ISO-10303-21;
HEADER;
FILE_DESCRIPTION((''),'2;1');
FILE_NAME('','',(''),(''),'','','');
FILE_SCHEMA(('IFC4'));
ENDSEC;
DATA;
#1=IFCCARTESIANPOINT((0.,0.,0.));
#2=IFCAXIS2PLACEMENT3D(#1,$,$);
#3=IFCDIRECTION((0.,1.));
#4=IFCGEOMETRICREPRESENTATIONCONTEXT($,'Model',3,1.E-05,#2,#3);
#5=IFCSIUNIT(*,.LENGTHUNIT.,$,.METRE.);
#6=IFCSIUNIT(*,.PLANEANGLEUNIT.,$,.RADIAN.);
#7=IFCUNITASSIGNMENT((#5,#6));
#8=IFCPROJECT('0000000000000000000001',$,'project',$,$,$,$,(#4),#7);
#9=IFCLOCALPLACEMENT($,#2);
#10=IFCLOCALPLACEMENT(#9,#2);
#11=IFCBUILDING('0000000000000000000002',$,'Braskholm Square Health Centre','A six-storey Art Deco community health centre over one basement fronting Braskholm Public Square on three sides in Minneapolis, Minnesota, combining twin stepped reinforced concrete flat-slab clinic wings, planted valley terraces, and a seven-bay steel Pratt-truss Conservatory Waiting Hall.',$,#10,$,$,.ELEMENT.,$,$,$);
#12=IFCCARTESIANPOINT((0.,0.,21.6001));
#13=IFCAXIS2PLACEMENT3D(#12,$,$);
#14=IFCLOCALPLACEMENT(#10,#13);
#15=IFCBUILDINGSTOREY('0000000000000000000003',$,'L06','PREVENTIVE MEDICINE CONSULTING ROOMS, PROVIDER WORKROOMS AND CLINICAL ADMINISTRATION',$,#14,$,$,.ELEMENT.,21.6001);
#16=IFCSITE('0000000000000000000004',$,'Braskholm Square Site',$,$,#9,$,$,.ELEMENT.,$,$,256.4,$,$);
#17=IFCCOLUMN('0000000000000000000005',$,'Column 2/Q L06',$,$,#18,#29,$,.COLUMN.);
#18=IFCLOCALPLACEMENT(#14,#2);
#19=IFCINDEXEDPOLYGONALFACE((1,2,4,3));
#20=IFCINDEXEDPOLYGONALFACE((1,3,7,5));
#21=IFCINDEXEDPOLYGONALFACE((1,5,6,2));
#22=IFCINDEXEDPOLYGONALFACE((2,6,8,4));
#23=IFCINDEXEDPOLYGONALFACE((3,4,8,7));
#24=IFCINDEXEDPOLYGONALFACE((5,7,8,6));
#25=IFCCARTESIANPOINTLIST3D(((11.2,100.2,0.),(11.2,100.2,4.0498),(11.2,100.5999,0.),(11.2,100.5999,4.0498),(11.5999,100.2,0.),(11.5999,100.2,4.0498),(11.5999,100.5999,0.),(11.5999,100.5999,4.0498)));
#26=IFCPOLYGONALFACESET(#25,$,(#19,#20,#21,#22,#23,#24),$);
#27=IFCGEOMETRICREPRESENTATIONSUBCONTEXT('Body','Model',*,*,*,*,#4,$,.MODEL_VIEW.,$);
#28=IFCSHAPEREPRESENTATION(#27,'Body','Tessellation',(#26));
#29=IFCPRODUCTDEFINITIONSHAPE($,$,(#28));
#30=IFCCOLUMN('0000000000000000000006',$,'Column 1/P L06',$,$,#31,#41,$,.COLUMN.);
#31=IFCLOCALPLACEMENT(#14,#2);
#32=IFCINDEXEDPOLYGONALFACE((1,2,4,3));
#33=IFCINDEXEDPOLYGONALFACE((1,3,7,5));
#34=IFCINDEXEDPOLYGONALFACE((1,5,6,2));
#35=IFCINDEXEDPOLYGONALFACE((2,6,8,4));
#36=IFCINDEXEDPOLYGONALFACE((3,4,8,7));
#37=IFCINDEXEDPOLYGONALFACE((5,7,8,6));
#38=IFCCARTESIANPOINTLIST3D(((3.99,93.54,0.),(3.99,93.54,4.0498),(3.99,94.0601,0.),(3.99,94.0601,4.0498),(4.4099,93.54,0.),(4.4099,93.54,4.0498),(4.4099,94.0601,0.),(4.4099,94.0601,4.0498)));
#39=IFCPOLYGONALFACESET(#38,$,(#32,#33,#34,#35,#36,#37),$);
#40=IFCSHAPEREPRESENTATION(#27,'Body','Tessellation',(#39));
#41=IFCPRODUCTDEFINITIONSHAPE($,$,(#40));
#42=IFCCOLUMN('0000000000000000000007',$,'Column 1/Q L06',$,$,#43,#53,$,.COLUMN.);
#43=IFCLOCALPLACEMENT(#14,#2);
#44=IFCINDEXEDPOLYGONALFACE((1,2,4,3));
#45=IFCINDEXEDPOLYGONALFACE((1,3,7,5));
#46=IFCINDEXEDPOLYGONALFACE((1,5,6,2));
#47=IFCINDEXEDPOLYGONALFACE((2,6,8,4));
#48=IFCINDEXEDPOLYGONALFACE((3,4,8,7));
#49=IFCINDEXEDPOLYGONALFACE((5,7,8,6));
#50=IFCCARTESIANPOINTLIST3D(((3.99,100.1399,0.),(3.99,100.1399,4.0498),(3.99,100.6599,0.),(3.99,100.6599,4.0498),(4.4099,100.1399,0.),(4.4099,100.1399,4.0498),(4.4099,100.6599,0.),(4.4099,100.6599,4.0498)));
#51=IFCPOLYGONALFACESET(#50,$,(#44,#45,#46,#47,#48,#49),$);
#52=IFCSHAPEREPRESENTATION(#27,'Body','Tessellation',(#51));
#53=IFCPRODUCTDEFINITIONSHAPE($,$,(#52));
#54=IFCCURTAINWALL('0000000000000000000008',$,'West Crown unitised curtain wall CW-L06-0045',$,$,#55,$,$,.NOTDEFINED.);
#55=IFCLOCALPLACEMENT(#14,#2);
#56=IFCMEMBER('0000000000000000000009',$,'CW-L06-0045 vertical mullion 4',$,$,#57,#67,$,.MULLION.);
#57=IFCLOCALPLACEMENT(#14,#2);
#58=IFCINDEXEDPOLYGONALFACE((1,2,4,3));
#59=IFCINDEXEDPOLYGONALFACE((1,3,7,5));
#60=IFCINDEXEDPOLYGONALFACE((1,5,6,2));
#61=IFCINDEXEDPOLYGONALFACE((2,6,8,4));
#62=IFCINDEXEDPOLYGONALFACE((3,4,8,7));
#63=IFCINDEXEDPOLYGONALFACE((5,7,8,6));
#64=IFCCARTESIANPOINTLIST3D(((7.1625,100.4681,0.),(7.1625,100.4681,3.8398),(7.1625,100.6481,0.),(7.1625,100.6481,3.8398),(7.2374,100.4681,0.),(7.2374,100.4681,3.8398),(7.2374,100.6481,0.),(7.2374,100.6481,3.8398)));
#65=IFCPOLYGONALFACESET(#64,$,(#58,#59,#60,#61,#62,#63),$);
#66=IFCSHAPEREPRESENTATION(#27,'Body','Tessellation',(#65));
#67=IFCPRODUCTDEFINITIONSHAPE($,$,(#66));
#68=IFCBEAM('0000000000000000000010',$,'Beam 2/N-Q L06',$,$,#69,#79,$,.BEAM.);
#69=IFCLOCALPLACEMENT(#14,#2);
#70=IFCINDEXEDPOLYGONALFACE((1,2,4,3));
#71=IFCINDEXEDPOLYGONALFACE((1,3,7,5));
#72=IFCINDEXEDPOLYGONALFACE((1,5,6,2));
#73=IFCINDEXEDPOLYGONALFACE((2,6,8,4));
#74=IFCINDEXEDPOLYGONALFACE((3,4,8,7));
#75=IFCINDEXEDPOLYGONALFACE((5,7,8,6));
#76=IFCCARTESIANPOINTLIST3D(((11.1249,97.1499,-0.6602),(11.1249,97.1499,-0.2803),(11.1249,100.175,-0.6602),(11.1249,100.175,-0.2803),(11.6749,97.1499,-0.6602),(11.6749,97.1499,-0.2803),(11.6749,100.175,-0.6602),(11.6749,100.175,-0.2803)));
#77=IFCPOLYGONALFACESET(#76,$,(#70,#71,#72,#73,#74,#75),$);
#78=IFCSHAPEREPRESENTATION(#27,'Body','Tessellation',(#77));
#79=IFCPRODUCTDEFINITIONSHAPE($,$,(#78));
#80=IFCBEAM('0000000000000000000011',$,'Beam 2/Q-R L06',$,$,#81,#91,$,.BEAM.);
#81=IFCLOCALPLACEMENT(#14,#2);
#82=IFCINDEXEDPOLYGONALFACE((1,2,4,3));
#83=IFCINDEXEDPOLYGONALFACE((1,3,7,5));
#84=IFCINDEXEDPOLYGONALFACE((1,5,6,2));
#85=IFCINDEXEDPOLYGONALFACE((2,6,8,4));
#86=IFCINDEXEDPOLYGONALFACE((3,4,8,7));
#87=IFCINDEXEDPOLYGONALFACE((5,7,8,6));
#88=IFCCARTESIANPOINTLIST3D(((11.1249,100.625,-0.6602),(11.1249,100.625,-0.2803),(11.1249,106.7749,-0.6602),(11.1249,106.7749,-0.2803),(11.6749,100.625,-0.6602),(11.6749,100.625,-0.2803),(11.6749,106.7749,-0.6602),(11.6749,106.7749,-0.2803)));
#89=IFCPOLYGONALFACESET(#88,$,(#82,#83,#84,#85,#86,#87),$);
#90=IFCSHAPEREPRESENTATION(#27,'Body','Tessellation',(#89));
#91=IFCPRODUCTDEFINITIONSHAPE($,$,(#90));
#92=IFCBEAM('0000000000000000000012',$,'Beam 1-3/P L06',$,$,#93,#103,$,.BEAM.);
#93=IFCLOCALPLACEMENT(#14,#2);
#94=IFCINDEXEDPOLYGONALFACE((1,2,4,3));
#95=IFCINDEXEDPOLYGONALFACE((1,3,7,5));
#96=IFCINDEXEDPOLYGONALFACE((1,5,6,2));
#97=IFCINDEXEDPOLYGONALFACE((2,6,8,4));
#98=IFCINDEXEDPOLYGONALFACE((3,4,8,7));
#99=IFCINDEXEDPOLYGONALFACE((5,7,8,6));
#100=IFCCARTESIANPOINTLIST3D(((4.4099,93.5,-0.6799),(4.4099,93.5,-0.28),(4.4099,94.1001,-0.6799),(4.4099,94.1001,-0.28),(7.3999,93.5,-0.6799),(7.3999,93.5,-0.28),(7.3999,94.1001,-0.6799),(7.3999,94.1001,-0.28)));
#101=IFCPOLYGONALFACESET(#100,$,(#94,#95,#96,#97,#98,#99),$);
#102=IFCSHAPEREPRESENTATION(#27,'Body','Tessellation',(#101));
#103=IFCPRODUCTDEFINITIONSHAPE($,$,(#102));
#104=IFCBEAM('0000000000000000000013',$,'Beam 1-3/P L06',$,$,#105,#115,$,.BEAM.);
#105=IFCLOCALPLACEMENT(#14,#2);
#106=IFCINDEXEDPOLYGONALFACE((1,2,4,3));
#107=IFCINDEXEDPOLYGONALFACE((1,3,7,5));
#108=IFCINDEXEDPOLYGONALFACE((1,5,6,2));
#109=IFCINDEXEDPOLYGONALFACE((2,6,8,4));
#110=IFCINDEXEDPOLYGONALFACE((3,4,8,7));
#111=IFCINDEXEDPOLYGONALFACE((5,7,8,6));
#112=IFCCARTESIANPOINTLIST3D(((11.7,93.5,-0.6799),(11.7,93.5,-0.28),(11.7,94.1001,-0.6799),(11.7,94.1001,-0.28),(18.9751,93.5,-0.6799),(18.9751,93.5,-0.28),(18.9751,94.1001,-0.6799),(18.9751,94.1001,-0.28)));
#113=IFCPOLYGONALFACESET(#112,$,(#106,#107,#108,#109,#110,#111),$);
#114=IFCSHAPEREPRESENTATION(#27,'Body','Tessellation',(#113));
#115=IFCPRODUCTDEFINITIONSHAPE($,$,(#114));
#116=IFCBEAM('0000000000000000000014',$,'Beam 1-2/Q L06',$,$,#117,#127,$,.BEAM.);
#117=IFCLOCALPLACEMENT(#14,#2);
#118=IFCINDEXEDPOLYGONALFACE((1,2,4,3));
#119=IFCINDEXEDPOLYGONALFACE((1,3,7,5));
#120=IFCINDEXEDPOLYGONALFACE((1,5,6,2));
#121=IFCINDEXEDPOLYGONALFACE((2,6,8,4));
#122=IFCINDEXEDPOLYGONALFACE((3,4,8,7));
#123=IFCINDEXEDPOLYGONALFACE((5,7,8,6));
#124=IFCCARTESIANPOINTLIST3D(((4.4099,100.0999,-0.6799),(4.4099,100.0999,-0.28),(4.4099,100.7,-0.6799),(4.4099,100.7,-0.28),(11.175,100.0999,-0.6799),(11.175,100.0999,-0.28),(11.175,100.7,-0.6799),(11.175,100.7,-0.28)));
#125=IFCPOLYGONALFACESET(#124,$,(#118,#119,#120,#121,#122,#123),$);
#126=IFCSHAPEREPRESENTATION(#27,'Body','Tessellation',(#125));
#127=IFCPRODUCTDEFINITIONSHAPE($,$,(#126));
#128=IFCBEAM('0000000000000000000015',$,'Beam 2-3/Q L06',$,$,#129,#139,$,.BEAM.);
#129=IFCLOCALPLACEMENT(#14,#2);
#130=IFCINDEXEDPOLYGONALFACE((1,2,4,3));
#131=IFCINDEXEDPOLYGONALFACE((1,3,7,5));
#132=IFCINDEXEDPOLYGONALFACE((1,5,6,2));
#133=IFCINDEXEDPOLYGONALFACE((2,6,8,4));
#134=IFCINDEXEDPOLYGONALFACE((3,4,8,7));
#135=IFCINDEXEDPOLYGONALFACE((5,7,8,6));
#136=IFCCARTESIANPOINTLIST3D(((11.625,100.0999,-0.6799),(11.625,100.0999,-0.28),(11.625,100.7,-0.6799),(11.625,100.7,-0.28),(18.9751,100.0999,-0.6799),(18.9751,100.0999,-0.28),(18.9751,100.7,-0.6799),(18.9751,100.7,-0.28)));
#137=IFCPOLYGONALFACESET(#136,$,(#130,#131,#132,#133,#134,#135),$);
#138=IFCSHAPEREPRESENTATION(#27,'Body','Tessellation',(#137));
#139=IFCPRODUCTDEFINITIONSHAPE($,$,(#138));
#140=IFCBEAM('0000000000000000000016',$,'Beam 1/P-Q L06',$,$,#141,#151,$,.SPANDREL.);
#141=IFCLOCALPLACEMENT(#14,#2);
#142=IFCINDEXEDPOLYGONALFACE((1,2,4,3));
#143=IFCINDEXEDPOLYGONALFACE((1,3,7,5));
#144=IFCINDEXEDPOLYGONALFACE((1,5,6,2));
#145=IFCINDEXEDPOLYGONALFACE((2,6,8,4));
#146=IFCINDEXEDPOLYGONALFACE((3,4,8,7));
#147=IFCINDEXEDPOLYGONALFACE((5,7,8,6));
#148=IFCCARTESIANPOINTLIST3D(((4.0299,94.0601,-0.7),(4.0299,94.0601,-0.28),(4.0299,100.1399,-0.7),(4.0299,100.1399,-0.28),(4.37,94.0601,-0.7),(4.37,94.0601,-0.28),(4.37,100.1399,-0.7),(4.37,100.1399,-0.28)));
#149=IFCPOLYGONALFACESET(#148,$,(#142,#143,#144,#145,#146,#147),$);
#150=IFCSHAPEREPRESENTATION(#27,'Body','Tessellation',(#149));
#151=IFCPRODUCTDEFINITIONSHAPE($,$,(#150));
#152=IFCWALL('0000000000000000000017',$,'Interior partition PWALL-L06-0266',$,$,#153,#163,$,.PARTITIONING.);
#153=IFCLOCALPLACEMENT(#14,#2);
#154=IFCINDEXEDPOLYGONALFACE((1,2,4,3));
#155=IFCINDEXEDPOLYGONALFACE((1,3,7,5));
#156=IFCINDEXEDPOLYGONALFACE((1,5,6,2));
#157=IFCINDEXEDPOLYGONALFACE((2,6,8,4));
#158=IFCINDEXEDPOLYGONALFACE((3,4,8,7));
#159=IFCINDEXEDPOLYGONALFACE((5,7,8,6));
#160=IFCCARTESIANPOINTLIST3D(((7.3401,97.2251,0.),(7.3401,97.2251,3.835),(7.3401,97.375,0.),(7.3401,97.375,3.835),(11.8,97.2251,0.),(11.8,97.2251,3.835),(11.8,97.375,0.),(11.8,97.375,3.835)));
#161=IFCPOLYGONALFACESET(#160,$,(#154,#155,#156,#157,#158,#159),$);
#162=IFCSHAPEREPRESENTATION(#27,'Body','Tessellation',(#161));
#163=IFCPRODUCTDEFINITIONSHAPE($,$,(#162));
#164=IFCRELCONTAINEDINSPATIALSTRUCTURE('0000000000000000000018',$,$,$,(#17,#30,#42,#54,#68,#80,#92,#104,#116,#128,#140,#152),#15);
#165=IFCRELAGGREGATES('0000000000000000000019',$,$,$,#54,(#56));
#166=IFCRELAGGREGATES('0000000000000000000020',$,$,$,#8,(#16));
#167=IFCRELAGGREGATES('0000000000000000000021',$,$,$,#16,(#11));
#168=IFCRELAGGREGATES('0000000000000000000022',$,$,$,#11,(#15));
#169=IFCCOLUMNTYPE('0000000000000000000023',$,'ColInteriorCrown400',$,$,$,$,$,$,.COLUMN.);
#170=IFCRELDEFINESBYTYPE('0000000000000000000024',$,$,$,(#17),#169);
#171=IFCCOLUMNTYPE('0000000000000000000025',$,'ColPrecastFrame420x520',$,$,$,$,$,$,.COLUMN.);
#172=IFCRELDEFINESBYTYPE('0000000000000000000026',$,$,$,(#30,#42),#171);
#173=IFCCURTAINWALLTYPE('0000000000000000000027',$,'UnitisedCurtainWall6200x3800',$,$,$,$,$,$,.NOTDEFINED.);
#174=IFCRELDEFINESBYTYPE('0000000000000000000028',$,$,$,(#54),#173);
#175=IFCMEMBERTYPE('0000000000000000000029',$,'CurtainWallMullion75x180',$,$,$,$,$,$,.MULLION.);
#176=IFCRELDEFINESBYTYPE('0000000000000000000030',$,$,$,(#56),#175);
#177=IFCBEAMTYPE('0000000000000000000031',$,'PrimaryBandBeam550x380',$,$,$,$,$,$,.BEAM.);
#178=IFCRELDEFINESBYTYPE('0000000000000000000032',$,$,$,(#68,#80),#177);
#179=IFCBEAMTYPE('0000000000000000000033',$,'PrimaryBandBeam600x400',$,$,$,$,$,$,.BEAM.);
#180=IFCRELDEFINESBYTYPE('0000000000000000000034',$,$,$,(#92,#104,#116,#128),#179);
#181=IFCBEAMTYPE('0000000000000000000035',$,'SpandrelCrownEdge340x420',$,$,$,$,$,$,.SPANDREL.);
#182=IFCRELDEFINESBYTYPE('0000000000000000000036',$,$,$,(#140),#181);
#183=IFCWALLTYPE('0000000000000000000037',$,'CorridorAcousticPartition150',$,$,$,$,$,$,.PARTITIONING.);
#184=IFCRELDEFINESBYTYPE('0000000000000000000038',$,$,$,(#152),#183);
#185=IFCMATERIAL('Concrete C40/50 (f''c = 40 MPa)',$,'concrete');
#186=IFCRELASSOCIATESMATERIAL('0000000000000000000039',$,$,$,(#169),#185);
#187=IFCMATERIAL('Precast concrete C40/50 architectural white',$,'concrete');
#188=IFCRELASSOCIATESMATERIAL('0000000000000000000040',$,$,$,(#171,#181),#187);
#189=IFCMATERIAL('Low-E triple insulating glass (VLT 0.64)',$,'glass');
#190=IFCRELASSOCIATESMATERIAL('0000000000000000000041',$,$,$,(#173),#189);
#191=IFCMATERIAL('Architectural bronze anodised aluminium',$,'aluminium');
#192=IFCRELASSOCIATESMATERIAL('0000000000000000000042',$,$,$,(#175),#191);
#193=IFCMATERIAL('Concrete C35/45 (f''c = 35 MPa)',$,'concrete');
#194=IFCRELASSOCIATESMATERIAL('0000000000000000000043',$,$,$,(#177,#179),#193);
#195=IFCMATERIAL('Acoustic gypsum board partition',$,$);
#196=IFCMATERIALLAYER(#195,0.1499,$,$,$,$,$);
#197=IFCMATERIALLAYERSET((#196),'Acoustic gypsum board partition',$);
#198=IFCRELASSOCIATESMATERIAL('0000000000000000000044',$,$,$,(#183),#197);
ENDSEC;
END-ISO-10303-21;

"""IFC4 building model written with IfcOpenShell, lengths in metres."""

from ifc_helpers import new_model, si_unit, direction, frame, frame_2d, origin, origin_2d, place, context, subcontext, project, spatial, rectangle, extrude, material, layer, layer_set, material_profile, profile_set, type_object, element, aggregate, save


model = new_model("IFC4")

# Units and contexts
model_context = context("Model", 3, precision=1e-05, world=origin(), true_north=direction((0.0, 1.0)))
body_context = subcontext(model_context, "Body", "Model", "MODEL_VIEW")
ifc_project = project(units=[si_unit("LENGTHUNIT", "METRE"), si_unit("PLANEANGLEUNIT", "RADIAN")], contexts=[model_context])

# Site, building, storey
site_placement = place(None, origin())
site = spatial("IfcSite", under=ifc_project, at=site_placement, Name="Braskholm Square Site", CompositionType="ELEMENT", RefElevation=256.4)
building_placement = place(site_placement, origin())
building = spatial("IfcBuilding", under=site, at=building_placement, Name="Braskholm Square Health Centre", Description="A six-storey Art Deco community health centre over one basement fronting Braskholm Public Square on three sides in Minneapolis, Minnesota, combining twin stepped reinforced concrete flat-slab clinic wings, planted valley terraces, and a seven-bay steel Pratt-truss Conservatory Waiting Hall.", CompositionType="ELEMENT")
storey_placement = place(building_placement, frame((0.0, 0.0, 21.6001)))
storey = spatial("IfcBuildingStorey", under=building, at=storey_placement, Name="L06", Description="PREVENTIVE MEDICINE CONSULTING ROOMS, PROVIDER WORKROOMS AND CLINICAL ADMINISTRATION", CompositionType="ELEMENT", Elevation=21.6001)

# Columns
ifc_material_1 = material(Name="Concrete C40/50 (f'c = 40 MPa)", Category="concrete")
ifc_material_profile_1 = material_profile(ifc_material_1, rectangle(XDim=0.3999, YDim=0.3999, at=origin_2d()), Name="RC-400X400")
ifc_profile_set_1 = profile_set([ifc_material_profile_1], Name="Concrete C40/50 (f'c = 40 MPa)")
column_type_1 = type_object("IfcColumnType", Name="ColInteriorCrown400", PredefinedType="COLUMN", material=ifc_profile_set_1)
column_placement = place(storey_placement, frame((11.3999, 100.3999, 0.0), z_axis=(0.0, 0.0, 1.0), x_axis=(1.0, 0.0, 0.0)))
element("IfcColumn", 1, at=column_placement, inside=storey, type_object=column_type_1, Name="Column 2/Q L06", PredefinedType="COLUMN", context=body_context, shape_type="SweptSolid", body=[
    extrude(rectangle(XDim=0.3999, YDim=0.3999, at=origin_2d()), origin(), (0.0, 0.0, 1.0), 4.0498),
])
ifc_material_2 = material(Name="Precast concrete C40/50 architectural white", Category="concrete")
ifc_material_profile_2 = material_profile(ifc_material_2, rectangle(XDim=0.4199, YDim=0.52, at=origin_2d()), Name="RC-420X520")
ifc_profile_set_2 = profile_set([ifc_material_profile_2], Name="Precast concrete C40/50 architectural white")
column_type_2 = type_object("IfcColumnType", Name="ColPrecastFrame420x520", PredefinedType="COLUMN", material=ifc_profile_set_2)
for number, where, z_axis, x_axis, name in (
    (2, (4.2, 93.8, 0.0), (0.0, 0.0, 1.0), (1.0, 0.0, 0.0), "Column 1/P L06"),
    (3, (4.2, 100.3999, 0.0), (0.0, 0.0, 1.0), (1.0, 0.0, 0.0), "Column 1/Q L06"),
):
    element("IfcColumn", number, at=place(storey_placement, frame(where, z_axis=z_axis, x_axis=x_axis)), inside=storey, type_object=column_type_2, Name=name, PredefinedType="COLUMN", context=body_context, shape_type="SweptSolid", body=[
        extrude(rectangle(XDim=0.4199, YDim=0.52, at=origin_2d()), origin(), (0.0, 0.0, 1.0), 4.0498),
    ])

# Curtain wall, member
ifc_material_3 = material(Name="Low-E triple insulating glass (VLT 0.64)", Category="glass")
curtain_wall_type = type_object("IfcCurtainWallType", Name="UnitisedCurtainWall6200x3800", PredefinedType="NOTDEFINED", material=ifc_material_3)
curtain_wall_placement = place(storey_placement, origin())
curtain_wall = element("IfcCurtainWall", 4, at=curtain_wall_placement, inside=storey, type_object=curtain_wall_type, Name="West Crown unitised curtain wall CW-L06-0045", PredefinedType="NOTDEFINED")
ifc_material_4 = material(Name="Architectural bronze anodised aluminium", Category="aluminium")
ifc_material_profile_3 = material_profile(ifc_material_4, rectangle(XDim=0.075, YDim=0.1799, at=origin_2d()), Name="ALU-75X180")
ifc_profile_set_3 = profile_set([ifc_material_profile_3], Name="Architectural bronze anodised aluminium")
member_type = type_object("IfcMemberType", Name="CurtainWallMullion75x180", PredefinedType="MULLION", material=ifc_profile_set_3)
member_placement = place(storey_placement, frame((7.2, 100.5581, 0.0), z_axis=(0.0, 0.0, 1.0), x_axis=(1.0, 0.0, 0.0)))
member = element("IfcMember", 5, at=member_placement, type_object=member_type, Name="CW-L06-0045 vertical mullion 4", PredefinedType="MULLION", context=body_context, shape_type="SweptSolid", body=[
    extrude(rectangle(XDim=0.075, YDim=0.1799, at=origin_2d()), origin(), (0.0, 0.0, 1.0), 3.8398),
])
aggregate(curtain_wall, [member])

# Beams
ifc_material_5 = material(Name="Concrete C35/45 (f'c = 35 MPa)", Category="concrete")
ifc_material_profile_4 = material_profile(ifc_material_5, rectangle(XDim=0.55, YDim=0.3799, at=origin_2d()), Name="RCB-550X380")
ifc_profile_set_4 = profile_set([ifc_material_profile_4], Name="Concrete C35/45 (f'c = 35 MPa)")
beam_type_1 = type_object("IfcBeamType", Name="PrimaryBandBeam550x380", PredefinedType="BEAM", material=ifc_profile_set_4)
beam_1_placement = place(storey_placement, frame((11.3999, 97.1499, -0.4702), z_axis=(0.0, 1.0, 0.0), x_axis=(-1.0, 0.0, 0.0)))
element("IfcBeam", 6, at=beam_1_placement, inside=storey, type_object=beam_type_1, Name="Beam 2/N-Q L06", PredefinedType="BEAM", context=body_context, shape_type="SweptSolid", body=[
    extrude(rectangle(XDim=0.55, YDim=0.3799, at=origin_2d()), origin(), (0.0, 0.0, 1.0), 3.0251),
])
beam_2_placement = place(storey_placement, frame((11.3999, 100.625, -0.4702), z_axis=(0.0, 1.0, 0.0), x_axis=(-1.0, 0.0, 0.0)))
element("IfcBeam", 7, at=beam_2_placement, inside=storey, type_object=beam_type_1, Name="Beam 2/Q-R L06", PredefinedType="BEAM", context=body_context, shape_type="SweptSolid", body=[
    extrude(rectangle(XDim=0.55, YDim=0.3799, at=origin_2d()), origin(), (0.0, 0.0, 1.0), 6.1499),
])
ifc_material_profile_5 = material_profile(ifc_material_5, rectangle(XDim=0.6001, YDim=0.3999, at=origin_2d()), Name="RCB-600X400")
ifc_profile_set_5 = profile_set([ifc_material_profile_5], Name="Concrete C35/45 (f'c = 35 MPa)")
beam_type_2 = type_object("IfcBeamType", Name="PrimaryBandBeam600x400", PredefinedType="BEAM", material=ifc_profile_set_5)
beam_3_placement = place(storey_placement, frame((4.4099, 93.8, -0.48), z_axis=(1.0, 0.0, 0.0), x_axis=(0.0, 1.0, 0.0)))
element("IfcBeam", 8, at=beam_3_placement, inside=storey, type_object=beam_type_2, Name="Beam 1-3/P L06", PredefinedType="BEAM", context=body_context, shape_type="SweptSolid", body=[
    extrude(rectangle(XDim=0.6001, YDim=0.3999, at=origin_2d()), origin(), (0.0, 0.0, 1.0), 2.99),
])
beam_4_placement = place(storey_placement, frame((11.7, 93.8, -0.48), z_axis=(1.0, 0.0, 0.0), x_axis=(0.0, 1.0, 0.0)))
element("IfcBeam", 9, at=beam_4_placement, inside=storey, type_object=beam_type_2, Name="Beam 1-3/P L06", PredefinedType="BEAM", context=body_context, shape_type="SweptSolid", body=[
    extrude(rectangle(XDim=0.6001, YDim=0.3999, at=origin_2d()), origin(), (0.0, 0.0, 1.0), 7.2751),
])
beam_5_placement = place(storey_placement, frame((4.4099, 100.3999, -0.48), z_axis=(1.0, 0.0, 0.0), x_axis=(0.0, 1.0, 0.0)))
element("IfcBeam", 10, at=beam_5_placement, inside=storey, type_object=beam_type_2, Name="Beam 1-2/Q L06", PredefinedType="BEAM", context=body_context, shape_type="SweptSolid", body=[
    extrude(rectangle(XDim=0.6001, YDim=0.3999, at=origin_2d()), origin(), (0.0, 0.0, 1.0), 6.7651),
])
beam_6_placement = place(storey_placement, frame((11.625, 100.3999, -0.48), z_axis=(1.0, 0.0, 0.0), x_axis=(0.0, 1.0, 0.0)))
element("IfcBeam", 11, at=beam_6_placement, inside=storey, type_object=beam_type_2, Name="Beam 2-3/Q L06", PredefinedType="BEAM", context=body_context, shape_type="SweptSolid", body=[
    extrude(rectangle(XDim=0.6001, YDim=0.3999, at=origin_2d()), origin(), (0.0, 0.0, 1.0), 7.3501),
])
ifc_material_profile_6 = material_profile(ifc_material_2, rectangle(XDim=0.3401, YDim=0.4199, at=origin_2d()), Name="RCB-340X420")
ifc_profile_set_6 = profile_set([ifc_material_profile_6], Name="Precast concrete C40/50 architectural white")
beam_type_3 = type_object("IfcBeamType", Name="SpandrelCrownEdge340x420", PredefinedType="SPANDREL", material=ifc_profile_set_6)
beam_7_placement = place(storey_placement, frame((4.2, 94.0601, -0.49), z_axis=(0.0, 1.0, 0.0), x_axis=(-1.0, 0.0, 0.0)))
element("IfcBeam", 12, at=beam_7_placement, inside=storey, type_object=beam_type_3, Name="Beam 1/P-Q L06", PredefinedType="SPANDREL", context=body_context, shape_type="SweptSolid", body=[
    extrude(rectangle(XDim=0.3401, YDim=0.4199, at=origin_2d()), origin(), (0.0, 0.0, 1.0), 6.0798),
])

# Wall
ifc_material_6 = material(Name="Acoustic gypsum board partition")
ifc_layer_1 = layer(ifc_material_6, 0.1499)
ifc_layer_set_1 = layer_set([ifc_layer_1], Name="Acoustic gypsum board partition")
wall_type_1 = type_object("IfcWallType", Name="CorridorAcousticPartition150", PredefinedType="PARTITIONING", material=ifc_layer_set_1)
wall_1_placement = place(storey_placement, frame((7.3401, 97.3, 0.0), z_axis=(0.0, 0.0, 1.0), x_axis=(1.0, 0.0, 0.0)))
element("IfcWall", 13, at=wall_1_placement, inside=storey, type_object=wall_type_1, Name="Interior partition PWALL-L06-0266", PredefinedType="PARTITIONING", context=body_context, shape_type="SweptSolid", body=[
    extrude(rectangle(XDim=4.46, YDim=0.1499, at=frame_2d((2.23, 0.0))), origin(), (0.0, 0.0, 1.0), 3.835),
])

save(model, "model.ifc")
